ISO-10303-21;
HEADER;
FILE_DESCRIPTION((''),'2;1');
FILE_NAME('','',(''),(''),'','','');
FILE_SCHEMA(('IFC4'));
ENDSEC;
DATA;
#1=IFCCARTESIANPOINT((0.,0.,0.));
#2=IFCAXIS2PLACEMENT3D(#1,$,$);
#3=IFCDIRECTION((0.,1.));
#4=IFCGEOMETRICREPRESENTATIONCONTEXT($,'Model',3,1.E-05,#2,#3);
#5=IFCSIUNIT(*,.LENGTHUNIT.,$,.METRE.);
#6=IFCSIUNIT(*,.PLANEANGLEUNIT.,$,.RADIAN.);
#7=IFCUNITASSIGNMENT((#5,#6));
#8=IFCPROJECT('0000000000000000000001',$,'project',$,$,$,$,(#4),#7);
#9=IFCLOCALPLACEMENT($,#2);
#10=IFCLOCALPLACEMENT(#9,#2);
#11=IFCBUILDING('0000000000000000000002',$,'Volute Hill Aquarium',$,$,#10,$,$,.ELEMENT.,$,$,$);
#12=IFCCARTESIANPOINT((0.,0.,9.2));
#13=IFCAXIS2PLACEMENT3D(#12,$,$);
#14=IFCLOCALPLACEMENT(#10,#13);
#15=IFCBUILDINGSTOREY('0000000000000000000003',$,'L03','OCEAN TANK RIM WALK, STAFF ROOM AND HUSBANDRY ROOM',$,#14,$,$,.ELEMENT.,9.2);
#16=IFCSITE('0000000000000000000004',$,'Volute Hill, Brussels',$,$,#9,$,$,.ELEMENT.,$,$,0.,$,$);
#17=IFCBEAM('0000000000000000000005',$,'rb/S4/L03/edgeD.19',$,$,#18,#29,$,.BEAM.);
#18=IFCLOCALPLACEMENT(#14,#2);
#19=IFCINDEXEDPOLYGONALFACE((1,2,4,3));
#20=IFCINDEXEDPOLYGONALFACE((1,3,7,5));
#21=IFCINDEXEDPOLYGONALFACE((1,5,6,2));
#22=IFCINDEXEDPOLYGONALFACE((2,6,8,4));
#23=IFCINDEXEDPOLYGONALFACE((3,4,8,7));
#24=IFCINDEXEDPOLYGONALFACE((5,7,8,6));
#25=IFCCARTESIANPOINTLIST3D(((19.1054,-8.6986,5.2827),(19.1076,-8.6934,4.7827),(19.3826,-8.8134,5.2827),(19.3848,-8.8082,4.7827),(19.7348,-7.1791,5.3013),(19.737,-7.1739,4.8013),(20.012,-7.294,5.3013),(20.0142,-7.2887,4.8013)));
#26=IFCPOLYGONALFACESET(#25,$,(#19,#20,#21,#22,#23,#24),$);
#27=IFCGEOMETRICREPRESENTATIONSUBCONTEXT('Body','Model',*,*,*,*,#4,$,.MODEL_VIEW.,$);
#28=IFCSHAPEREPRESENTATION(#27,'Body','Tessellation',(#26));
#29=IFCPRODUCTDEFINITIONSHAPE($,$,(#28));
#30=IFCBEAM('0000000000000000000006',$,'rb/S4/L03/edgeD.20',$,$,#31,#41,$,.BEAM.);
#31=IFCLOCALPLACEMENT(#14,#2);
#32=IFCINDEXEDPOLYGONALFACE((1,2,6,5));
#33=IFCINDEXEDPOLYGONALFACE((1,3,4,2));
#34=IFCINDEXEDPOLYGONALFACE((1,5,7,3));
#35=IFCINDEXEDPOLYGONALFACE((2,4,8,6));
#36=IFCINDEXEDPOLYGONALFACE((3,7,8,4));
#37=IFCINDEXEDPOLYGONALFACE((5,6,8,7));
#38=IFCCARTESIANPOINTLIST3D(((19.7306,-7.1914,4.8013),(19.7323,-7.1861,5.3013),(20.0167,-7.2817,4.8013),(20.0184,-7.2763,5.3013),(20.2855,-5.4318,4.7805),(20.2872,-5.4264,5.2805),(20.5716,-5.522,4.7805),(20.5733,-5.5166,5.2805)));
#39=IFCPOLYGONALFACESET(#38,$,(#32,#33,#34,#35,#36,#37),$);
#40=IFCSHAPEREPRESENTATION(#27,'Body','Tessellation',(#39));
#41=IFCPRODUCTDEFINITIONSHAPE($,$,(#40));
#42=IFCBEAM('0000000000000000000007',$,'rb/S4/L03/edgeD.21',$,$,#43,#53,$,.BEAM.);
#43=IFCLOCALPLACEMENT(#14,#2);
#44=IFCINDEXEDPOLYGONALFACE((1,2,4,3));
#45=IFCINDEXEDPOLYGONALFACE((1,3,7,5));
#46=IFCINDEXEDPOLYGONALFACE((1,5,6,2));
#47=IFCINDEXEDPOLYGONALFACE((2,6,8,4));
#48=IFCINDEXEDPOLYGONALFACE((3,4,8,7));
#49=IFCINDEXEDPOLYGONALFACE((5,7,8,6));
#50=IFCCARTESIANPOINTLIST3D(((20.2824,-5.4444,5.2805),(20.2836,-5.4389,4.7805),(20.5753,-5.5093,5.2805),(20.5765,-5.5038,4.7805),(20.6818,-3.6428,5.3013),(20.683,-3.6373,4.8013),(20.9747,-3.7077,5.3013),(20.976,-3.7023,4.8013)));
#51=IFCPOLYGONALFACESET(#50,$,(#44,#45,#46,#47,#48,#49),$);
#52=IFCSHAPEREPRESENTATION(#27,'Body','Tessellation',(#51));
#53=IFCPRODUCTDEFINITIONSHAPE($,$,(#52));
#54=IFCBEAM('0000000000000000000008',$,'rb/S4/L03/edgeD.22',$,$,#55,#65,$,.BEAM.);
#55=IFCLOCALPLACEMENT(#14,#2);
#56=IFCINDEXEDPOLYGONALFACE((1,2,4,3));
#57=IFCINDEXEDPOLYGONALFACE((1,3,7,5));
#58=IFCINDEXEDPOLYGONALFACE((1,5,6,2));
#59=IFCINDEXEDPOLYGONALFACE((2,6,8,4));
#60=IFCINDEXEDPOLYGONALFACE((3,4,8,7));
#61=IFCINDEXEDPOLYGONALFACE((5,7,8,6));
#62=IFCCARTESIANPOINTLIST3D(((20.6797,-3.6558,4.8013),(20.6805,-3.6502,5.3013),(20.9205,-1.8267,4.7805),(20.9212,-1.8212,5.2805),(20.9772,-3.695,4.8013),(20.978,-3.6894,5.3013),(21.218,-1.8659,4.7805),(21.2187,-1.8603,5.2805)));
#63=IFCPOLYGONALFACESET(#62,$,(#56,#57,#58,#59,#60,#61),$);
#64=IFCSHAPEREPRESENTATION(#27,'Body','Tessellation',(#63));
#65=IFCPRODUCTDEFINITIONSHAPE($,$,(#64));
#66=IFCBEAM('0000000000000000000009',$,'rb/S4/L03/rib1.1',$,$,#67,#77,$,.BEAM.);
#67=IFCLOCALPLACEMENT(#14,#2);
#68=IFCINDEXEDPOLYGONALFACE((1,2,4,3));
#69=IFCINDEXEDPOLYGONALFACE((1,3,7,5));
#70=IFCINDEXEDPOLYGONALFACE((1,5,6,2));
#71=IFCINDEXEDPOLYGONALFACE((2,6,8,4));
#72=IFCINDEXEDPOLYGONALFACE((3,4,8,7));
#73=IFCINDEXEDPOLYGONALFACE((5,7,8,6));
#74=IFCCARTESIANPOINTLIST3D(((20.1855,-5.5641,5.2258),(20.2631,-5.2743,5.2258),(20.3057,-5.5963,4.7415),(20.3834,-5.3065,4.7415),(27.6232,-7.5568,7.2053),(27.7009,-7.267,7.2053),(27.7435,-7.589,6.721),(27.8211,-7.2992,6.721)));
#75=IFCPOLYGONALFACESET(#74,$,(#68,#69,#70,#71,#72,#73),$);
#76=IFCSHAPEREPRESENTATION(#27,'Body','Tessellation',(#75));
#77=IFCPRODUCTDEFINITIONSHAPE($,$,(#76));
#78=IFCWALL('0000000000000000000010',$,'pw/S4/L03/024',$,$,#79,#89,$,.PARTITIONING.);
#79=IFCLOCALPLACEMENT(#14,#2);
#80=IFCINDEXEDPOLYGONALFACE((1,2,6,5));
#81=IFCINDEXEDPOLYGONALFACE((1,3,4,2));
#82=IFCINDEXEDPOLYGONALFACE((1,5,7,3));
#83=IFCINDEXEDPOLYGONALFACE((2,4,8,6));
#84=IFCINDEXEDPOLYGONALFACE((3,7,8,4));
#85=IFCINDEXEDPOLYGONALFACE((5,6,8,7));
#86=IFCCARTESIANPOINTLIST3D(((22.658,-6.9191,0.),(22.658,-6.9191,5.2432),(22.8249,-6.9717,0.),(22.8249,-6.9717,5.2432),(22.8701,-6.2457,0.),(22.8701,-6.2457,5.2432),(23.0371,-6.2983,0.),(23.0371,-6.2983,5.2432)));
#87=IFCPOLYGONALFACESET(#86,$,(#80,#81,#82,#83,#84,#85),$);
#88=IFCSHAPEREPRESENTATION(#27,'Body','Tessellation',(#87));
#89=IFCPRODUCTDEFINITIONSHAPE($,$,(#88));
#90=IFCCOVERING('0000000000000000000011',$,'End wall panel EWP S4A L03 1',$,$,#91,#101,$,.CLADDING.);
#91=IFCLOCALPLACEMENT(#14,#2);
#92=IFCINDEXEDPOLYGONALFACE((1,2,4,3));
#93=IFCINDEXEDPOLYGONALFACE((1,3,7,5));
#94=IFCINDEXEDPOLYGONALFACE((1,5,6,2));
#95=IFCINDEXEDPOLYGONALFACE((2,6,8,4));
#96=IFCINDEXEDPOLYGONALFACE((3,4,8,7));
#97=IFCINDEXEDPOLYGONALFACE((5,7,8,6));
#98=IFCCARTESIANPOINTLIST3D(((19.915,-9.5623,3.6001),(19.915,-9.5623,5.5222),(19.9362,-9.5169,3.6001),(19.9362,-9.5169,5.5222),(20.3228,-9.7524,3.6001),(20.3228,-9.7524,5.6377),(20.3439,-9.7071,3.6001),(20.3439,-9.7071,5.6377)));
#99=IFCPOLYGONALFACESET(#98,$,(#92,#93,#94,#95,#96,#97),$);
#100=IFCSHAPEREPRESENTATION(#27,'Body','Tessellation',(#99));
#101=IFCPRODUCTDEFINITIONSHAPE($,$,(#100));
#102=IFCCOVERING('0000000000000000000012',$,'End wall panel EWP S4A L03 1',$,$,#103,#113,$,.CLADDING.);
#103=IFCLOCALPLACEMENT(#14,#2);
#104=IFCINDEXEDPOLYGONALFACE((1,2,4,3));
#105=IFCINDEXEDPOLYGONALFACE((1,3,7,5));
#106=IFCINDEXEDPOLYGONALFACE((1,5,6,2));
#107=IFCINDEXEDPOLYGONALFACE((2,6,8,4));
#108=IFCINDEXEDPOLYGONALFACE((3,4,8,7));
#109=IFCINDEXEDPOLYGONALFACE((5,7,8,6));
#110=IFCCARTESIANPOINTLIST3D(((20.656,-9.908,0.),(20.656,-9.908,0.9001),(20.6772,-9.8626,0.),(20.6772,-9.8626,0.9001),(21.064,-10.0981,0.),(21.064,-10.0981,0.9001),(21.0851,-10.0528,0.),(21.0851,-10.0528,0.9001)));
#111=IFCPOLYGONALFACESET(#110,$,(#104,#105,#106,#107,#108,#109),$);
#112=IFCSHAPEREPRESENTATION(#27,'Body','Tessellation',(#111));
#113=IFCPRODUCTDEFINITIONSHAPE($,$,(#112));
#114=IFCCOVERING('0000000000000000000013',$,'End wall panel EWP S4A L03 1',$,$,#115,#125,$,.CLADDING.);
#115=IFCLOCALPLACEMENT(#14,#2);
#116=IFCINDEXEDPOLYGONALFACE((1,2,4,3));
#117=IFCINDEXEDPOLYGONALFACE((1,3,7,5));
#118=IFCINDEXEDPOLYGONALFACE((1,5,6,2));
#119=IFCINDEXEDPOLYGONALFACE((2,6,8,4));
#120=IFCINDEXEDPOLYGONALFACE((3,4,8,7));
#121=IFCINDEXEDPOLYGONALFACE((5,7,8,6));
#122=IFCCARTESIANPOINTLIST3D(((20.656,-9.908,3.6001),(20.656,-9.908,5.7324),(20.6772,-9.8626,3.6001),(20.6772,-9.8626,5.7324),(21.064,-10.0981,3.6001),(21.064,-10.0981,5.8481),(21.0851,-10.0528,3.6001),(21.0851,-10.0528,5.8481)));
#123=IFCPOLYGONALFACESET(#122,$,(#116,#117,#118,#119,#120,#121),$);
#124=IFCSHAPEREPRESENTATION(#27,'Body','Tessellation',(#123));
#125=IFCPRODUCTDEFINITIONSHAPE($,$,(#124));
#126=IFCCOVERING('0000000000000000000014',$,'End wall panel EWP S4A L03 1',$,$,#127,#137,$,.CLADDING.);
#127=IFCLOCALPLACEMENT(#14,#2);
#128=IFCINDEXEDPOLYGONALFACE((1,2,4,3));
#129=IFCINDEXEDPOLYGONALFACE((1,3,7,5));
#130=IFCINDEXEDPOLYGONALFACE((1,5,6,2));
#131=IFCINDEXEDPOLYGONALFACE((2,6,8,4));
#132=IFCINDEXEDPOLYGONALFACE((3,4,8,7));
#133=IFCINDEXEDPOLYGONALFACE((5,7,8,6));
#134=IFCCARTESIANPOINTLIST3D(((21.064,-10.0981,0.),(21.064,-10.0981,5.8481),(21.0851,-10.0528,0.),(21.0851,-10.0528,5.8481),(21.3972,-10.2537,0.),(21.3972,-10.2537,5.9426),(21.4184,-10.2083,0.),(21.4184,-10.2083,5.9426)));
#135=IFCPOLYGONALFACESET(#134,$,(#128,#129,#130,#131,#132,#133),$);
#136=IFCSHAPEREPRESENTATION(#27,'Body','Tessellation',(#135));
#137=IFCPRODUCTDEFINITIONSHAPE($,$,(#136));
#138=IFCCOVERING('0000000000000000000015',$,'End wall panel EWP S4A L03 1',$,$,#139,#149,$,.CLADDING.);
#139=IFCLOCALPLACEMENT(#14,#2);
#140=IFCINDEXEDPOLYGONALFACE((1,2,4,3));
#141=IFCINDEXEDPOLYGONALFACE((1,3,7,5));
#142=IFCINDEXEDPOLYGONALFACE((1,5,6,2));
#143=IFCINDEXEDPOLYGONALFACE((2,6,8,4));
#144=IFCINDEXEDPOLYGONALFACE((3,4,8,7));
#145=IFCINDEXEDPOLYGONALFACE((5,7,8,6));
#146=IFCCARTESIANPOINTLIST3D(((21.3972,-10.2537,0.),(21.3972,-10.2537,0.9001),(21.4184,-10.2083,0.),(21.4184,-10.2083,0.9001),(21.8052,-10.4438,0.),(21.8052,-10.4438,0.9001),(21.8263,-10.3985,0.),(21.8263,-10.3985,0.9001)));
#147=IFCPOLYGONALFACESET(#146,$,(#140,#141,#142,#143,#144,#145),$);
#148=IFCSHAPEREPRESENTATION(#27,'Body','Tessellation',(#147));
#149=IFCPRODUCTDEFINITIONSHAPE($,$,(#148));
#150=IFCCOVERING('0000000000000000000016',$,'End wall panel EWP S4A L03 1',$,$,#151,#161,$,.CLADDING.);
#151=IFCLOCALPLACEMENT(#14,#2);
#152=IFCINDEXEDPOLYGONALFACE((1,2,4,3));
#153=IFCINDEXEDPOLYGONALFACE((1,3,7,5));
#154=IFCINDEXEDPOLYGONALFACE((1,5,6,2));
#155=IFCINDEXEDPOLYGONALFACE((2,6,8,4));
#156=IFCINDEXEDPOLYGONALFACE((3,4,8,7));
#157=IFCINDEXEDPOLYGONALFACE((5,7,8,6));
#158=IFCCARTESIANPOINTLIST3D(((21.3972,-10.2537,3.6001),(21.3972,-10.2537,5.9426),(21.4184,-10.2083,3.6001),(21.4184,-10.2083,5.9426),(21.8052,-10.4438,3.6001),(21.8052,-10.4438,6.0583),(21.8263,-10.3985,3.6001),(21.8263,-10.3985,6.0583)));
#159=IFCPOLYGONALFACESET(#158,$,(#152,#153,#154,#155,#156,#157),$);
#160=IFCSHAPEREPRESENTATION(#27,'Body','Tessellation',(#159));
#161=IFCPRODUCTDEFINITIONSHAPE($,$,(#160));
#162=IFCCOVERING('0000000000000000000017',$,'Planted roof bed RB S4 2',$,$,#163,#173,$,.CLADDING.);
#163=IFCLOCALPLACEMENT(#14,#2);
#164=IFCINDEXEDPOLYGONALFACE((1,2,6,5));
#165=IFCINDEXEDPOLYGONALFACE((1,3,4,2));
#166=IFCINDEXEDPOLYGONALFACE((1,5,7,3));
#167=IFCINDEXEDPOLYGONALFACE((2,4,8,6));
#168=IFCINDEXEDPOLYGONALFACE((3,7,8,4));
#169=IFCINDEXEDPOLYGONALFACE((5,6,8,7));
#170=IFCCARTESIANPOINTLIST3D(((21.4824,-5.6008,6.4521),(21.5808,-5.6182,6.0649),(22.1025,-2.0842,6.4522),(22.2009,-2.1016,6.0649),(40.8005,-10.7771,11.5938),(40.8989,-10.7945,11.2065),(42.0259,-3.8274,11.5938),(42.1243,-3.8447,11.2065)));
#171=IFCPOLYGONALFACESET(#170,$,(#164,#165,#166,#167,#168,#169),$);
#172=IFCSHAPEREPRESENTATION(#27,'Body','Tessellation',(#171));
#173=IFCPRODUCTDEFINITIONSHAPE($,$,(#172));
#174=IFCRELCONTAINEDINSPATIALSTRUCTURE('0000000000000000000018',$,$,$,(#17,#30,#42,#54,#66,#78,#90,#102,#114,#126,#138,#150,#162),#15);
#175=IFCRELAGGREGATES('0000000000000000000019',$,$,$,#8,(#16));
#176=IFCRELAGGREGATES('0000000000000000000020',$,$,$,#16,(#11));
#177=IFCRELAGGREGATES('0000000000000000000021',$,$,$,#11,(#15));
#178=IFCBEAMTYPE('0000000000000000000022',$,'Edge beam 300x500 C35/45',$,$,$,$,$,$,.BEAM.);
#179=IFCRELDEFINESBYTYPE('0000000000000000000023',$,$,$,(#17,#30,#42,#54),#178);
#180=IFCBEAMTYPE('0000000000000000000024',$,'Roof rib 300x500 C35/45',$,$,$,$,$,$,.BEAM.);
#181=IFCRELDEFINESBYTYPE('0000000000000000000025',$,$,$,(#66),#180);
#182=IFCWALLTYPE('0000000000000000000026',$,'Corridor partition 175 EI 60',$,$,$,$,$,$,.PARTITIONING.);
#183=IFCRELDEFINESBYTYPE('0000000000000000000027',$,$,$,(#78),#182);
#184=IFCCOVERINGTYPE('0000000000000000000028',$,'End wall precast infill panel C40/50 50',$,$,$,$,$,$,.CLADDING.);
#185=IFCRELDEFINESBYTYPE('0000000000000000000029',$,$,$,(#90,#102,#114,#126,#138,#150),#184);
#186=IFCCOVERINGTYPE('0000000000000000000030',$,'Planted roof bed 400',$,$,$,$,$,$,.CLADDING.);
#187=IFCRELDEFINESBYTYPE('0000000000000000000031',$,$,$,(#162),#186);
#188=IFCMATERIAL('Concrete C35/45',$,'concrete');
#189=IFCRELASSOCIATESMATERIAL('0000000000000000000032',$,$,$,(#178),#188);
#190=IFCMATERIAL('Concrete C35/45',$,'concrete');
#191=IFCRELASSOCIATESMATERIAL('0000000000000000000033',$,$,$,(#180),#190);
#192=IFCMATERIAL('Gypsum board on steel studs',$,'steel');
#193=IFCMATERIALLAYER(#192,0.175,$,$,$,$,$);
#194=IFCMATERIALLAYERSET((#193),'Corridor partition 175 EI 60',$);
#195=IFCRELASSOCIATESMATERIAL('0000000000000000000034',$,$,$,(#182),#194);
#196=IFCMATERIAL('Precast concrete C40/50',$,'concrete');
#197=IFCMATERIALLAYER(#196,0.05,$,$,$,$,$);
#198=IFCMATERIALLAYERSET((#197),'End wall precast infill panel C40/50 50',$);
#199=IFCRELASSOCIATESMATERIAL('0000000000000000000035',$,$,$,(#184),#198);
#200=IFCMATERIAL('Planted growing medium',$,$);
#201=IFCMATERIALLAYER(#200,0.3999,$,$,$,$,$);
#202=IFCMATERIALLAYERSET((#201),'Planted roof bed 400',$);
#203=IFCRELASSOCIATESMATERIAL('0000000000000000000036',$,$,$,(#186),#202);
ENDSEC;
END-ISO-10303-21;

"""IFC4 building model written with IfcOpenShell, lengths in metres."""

from ifc_helpers import new_model, si_unit, direction, frame, frame_2d, origin, origin_2d, place, context, subcontext, project, spatial, polyline, rectangle, outline, extrude, material, layer, layer_set, material_profile, profile_set, type_object, element, save


model = new_model("IFC4")

# Units and contexts
model_context = context("Model", 3, precision=1e-05, world=origin(), true_north=direction((0.0, 1.0)))
body_context = subcontext(model_context, "Body", "Model", "MODEL_VIEW")
ifc_project = project(units=[si_unit("LENGTHUNIT", "METRE"), si_unit("PLANEANGLEUNIT", "RADIAN")], contexts=[model_context])

# Site, building, storey
site_placement = place(None, origin())
site = spatial("IfcSite", under=ifc_project, at=site_placement, Name="Volute Hill, Brussels", CompositionType="ELEMENT", RefElevation=0.0)
building_placement = place(site_placement, origin())
building = spatial("IfcBuilding", under=site, at=building_placement, Name="Volute Hill Aquarium", CompositionType="ELEMENT")
storey_placement = place(building_placement, frame((0.0, 0.0, 9.2)))
storey = spatial("IfcBuildingStorey", under=building, at=storey_placement, Name="L03", Description="OCEAN TANK RIM WALK, STAFF ROOM AND HUSBANDRY ROOM", CompositionType="ELEMENT", Elevation=9.2)

# Beams
ifc_material_1 = material(Name="Concrete C35/45", Category="concrete")
ifc_material_profile_1 = material_profile(ifc_material_1, rectangle(XDim=0.3, YDim=0.5, at=origin_2d()), Name="RC edge beam 300x500")
ifc_profile_set_1 = profile_set([ifc_material_profile_1], Name="Concrete C35/45")
beam_type_1 = type_object("IfcBeamType", Name="Edge beam 300x500 C35/45", PredefinedType="BEAM", material=ifc_profile_set_1)
beam_1_placement = place(storey_placement, frame((19.2451, -8.7534, 5.0327), z_axis=(0.382651, 0.923824, 0.011281), x_axis=(-0.923883, 0.382675, 0.0)))
element("IfcBeam", 1, at=beam_1_placement, inside=storey, type_object=beam_type_1, Name="rb/S4/L03/edgeD.19", PredefinedType="BEAM", context=body_context, shape_type="SweptSolid", body=[
    extrude(rectangle(XDim=0.3, YDim=0.5, at=origin_2d()), origin(), (0.0, 0.0, 1.0), 1.6448),
])
beam_2_placement = place(storey_placement, frame((19.8745, -7.2339, 5.0513), z_axis=(0.300726, 0.953644, -0.011246), x_axis=(-0.953705, 0.300745, 0.0)))
element("IfcBeam", 2, at=beam_2_placement, inside=storey, type_object=beam_type_1, Name="rb/S4/L03/edgeD.20", PredefinedType="BEAM", context=body_context, shape_type="SweptSolid", body=[
    extrude(rectangle(XDim=0.3, YDim=0.5, at=origin_2d()), origin(), (0.0, 0.0, 1.0), 1.8452),
])
beam_3_placement = place(storey_placement, frame((20.4294, -5.4741, 5.0305), z_axis=(0.21644, 0.976231, 0.011245), x_axis=(-0.976293, 0.216454, 0.0)))
element("IfcBeam", 3, at=beam_3_placement, inside=storey, type_object=beam_type_1, Name="rb/S4/L03/edgeD.21", PredefinedType="BEAM", context=body_context, shape_type="SweptSolid", body=[
    extrude(rectangle(XDim=0.3, YDim=0.5, at=origin_2d()), origin(), (0.0, 0.0, 1.0), 1.8455),
])
beam_4_placement = place(storey_placement, frame((20.8289, -3.6726, 5.0513), z_axis=(0.130474, 0.991388, -0.011248), x_axis=(-0.991451, 0.130482, 0.0)))
element("IfcBeam", 4, at=beam_4_placement, inside=storey, type_object=beam_type_1, Name="rb/S4/L03/edgeD.22", PredefinedType="BEAM", context=body_context, shape_type="SweptSolid", body=[
    extrude(rectangle(XDim=0.3, YDim=0.5, at=origin_2d()), origin(), (0.0, 0.0, 1.0), 1.845),
])
ifc_material_2 = material(Name="Concrete C35/45", Category="concrete")
ifc_material_profile_2 = material_profile(ifc_material_2, rectangle(XDim=0.3, YDim=0.5, at=origin_2d()), Name="RC rib 300x500")
ifc_profile_set_2 = profile_set([ifc_material_profile_2], Name="Concrete C35/45")
beam_type_2 = type_object("IfcBeamType", Name="Roof rib 300x500 C35/45", PredefinedType="BEAM", material=ifc_profile_set_2)
beam_5_placement = place(storey_placement, frame((20.2844, -5.4353, 4.9836), z_axis=(0.935516, -0.250638, 0.24898), x_axis=(0.258787, 0.965934, 0.0)))
element("IfcBeam", 5, at=beam_5_placement, inside=storey, type_object=beam_type_2, Name="rb/S4/L03/rib1.1", PredefinedType="BEAM", context=body_context, shape_type="SweptSolid", body=[
    extrude(rectangle(XDim=0.3, YDim=0.5, at=origin_2d()), origin(), (0.0, 0.0, 1.0), 7.9504),
])

# Shared definitions
ifc_material_3 = material(Name="Gypsum board on steel studs", Category="steel")
ifc_layer_1 = layer(ifc_material_3, 0.175)
ifc_layer_set_1 = layer_set([ifc_layer_1], Name="Corridor partition 175 EI 60")
wall_type = type_object("IfcWallType", Name="Corridor partition 175 EI 60", PredefinedType="PARTITIONING", material=ifc_layer_set_1)

# Wall
wall_1_placement = place(storey_placement, frame((22.9536, -6.272, 0.0), z_axis=(0.0, 0.0, 1.0), x_axis=(-0.300519, -0.953776, 0.0)))
element("IfcWall", 6, at=wall_1_placement, inside=storey, type_object=wall_type, Name="pw/S4/L03/024", PredefinedType="PARTITIONING", context=body_context, shape_type="SweptSolid", body=[
    extrude(rectangle(XDim=0.7061, YDim=0.175, at=frame_2d((0.353, 0.0))), origin(), (0.0, 0.0, 1.0), 5.2432),
])

# Coverings
ifc_material_4 = material(Name="Precast concrete C40/50", Category="concrete")
ifc_layer_2 = layer(ifc_material_4, 0.05)
ifc_layer_set_2 = layer_set([ifc_layer_2], Name="End wall precast infill panel C40/50 50")
covering_type_1 = type_object("IfcCoveringType", Name="End wall precast infill panel C40/50 50", PredefinedType="CLADDING", material=ifc_layer_set_2)
covering_1_placement = place(storey_placement, frame((19.915, -9.5623, 3.6001), z_axis=(-0.422737, -0.906252, 0.0), x_axis=(0.906252, -0.422737, 0.0)))
element("IfcCovering", 7, at=covering_1_placement, inside=storey, type_object=covering_type_1, Name="End wall panel EWP S4A L03 1", PredefinedType="CLADDING", context=body_context, shape_type="SweptSolid", body=[
    extrude(outline(polyline([(0.0, 0.0), (0.4499, 0.0), (0.4499, 2.0376), (0.0, 1.9221), (0.0, 0.0)])), origin(), (0.0, 0.0, -1.0), 0.05),
])
covering_2_placement = place(storey_placement, frame((20.656, -9.908, 0.0), z_axis=(-0.422529, -0.906349, 0.0), x_axis=(0.906349, -0.422529, 0.0)))
element("IfcCovering", 8, at=covering_2_placement, inside=storey, type_object=covering_type_1, Name="End wall panel EWP S4A L03 1", PredefinedType="CLADDING", context=body_context, shape_type="SweptSolid", body=[
    extrude(outline(polyline([(0.0, 0.0), (0.4501, 0.0), (0.4501, 0.9001), (0.0, 0.9001), (0.0, 0.0)])), origin(), (0.0, 0.0, -1.0), 0.05),
])
covering_3_placement = place(storey_placement, frame((20.656, -9.908, 3.6001), z_axis=(-0.422529, -0.906349, 0.0), x_axis=(0.906349, -0.422529, 0.0)))
element("IfcCovering", 9, at=covering_3_placement, inside=storey, type_object=covering_type_1, Name="End wall panel EWP S4A L03 1", PredefinedType="CLADDING", context=body_context, shape_type="SweptSolid", body=[
    extrude(outline(polyline([(0.0, 0.0), (0.4501, 0.0), (0.4501, 2.248), (0.0, 2.1323), (0.0, 0.0)])), origin(), (0.0, 0.0, -1.0), 0.05),
])
covering_4_placement = place(storey_placement, frame((21.064, -10.0981, 0.0), z_axis=(-0.422885, -0.906183, 0.0), x_axis=(0.906183, -0.422885, 0.0)))
element("IfcCovering", 10, at=covering_4_placement, inside=storey, type_object=covering_type_1, Name="End wall panel EWP S4A L03 1", PredefinedType="CLADDING", context=body_context, shape_type="SweptSolid", body=[
    extrude(outline(polyline([(0.0, 0.0), (0.3678, 0.0), (0.3678, 5.9426), (0.0, 5.8481), (0.0, 0.0)])), origin(), (0.0, 0.0, -1.0), 0.05),
])
covering_5_placement = place(storey_placement, frame((21.3972, -10.2537, 0.0), z_axis=(-0.422529, -0.906349, 0.0), x_axis=(0.906349, -0.422529, 0.0)))
element("IfcCovering", 11, at=covering_5_placement, inside=storey, type_object=covering_type_1, Name="End wall panel EWP S4A L03 1", PredefinedType="CLADDING", context=body_context, shape_type="SweptSolid", body=[
    extrude(outline(polyline([(0.0, 0.0), (0.4501, 0.0), (0.4501, 0.9001), (0.0, 0.9001), (0.0, 0.0)])), origin(), (0.0, 0.0, -1.0), 0.05),
])
covering_6_placement = place(storey_placement, frame((21.3972, -10.2537, 3.6001), z_axis=(-0.422529, -0.906349, 0.0), x_axis=(0.906349, -0.422529, 0.0)))
element("IfcCovering", 12, at=covering_6_placement, inside=storey, type_object=covering_type_1, Name="End wall panel EWP S4A L03 1", PredefinedType="CLADDING", context=body_context, shape_type="SweptSolid", body=[
    extrude(outline(polyline([(0.0, 0.0), (0.4501, 0.0), (0.4501, 2.4583), (0.0, 2.3425), (0.0, 0.0)])), origin(), (0.0, 0.0, -1.0), 0.05),
])
ifc_material_5 = material(Name="Planted growing medium")
ifc_layer_3 = layer(ifc_material_5, 0.3999)
ifc_layer_set_3 = layer_set([ifc_layer_3], Name="Planted roof bed 400")
covering_type_2 = type_object("IfcCoveringType", Name="Planted roof bed 400", PredefinedType="CLADDING", material=ifc_layer_set_3)
covering_7_placement = place(storey_placement, frame((21.4824, -5.6008, 6.4521), z_axis=(-0.246085, 0.043391, 0.968276), x_axis=(0.935505, -0.250668, 0.24899)))
element("IfcCovering", 13, at=covering_7_placement, inside=storey, type_object=covering_type_2, Name="Planted roof bed RB S4 2", PredefinedType="CLADDING", context=body_context, shape_type="SweptSolid", body=[
    extrude(outline(polyline([(0.0, 0.0), (20.6499, 0.0), (20.0542, 7.0317), (-0.3014, 3.5581), (0.0, 0.0)])), origin(), (0.0, 0.0, -1.0), 0.3999),
])

save(model, "model.ifc")
